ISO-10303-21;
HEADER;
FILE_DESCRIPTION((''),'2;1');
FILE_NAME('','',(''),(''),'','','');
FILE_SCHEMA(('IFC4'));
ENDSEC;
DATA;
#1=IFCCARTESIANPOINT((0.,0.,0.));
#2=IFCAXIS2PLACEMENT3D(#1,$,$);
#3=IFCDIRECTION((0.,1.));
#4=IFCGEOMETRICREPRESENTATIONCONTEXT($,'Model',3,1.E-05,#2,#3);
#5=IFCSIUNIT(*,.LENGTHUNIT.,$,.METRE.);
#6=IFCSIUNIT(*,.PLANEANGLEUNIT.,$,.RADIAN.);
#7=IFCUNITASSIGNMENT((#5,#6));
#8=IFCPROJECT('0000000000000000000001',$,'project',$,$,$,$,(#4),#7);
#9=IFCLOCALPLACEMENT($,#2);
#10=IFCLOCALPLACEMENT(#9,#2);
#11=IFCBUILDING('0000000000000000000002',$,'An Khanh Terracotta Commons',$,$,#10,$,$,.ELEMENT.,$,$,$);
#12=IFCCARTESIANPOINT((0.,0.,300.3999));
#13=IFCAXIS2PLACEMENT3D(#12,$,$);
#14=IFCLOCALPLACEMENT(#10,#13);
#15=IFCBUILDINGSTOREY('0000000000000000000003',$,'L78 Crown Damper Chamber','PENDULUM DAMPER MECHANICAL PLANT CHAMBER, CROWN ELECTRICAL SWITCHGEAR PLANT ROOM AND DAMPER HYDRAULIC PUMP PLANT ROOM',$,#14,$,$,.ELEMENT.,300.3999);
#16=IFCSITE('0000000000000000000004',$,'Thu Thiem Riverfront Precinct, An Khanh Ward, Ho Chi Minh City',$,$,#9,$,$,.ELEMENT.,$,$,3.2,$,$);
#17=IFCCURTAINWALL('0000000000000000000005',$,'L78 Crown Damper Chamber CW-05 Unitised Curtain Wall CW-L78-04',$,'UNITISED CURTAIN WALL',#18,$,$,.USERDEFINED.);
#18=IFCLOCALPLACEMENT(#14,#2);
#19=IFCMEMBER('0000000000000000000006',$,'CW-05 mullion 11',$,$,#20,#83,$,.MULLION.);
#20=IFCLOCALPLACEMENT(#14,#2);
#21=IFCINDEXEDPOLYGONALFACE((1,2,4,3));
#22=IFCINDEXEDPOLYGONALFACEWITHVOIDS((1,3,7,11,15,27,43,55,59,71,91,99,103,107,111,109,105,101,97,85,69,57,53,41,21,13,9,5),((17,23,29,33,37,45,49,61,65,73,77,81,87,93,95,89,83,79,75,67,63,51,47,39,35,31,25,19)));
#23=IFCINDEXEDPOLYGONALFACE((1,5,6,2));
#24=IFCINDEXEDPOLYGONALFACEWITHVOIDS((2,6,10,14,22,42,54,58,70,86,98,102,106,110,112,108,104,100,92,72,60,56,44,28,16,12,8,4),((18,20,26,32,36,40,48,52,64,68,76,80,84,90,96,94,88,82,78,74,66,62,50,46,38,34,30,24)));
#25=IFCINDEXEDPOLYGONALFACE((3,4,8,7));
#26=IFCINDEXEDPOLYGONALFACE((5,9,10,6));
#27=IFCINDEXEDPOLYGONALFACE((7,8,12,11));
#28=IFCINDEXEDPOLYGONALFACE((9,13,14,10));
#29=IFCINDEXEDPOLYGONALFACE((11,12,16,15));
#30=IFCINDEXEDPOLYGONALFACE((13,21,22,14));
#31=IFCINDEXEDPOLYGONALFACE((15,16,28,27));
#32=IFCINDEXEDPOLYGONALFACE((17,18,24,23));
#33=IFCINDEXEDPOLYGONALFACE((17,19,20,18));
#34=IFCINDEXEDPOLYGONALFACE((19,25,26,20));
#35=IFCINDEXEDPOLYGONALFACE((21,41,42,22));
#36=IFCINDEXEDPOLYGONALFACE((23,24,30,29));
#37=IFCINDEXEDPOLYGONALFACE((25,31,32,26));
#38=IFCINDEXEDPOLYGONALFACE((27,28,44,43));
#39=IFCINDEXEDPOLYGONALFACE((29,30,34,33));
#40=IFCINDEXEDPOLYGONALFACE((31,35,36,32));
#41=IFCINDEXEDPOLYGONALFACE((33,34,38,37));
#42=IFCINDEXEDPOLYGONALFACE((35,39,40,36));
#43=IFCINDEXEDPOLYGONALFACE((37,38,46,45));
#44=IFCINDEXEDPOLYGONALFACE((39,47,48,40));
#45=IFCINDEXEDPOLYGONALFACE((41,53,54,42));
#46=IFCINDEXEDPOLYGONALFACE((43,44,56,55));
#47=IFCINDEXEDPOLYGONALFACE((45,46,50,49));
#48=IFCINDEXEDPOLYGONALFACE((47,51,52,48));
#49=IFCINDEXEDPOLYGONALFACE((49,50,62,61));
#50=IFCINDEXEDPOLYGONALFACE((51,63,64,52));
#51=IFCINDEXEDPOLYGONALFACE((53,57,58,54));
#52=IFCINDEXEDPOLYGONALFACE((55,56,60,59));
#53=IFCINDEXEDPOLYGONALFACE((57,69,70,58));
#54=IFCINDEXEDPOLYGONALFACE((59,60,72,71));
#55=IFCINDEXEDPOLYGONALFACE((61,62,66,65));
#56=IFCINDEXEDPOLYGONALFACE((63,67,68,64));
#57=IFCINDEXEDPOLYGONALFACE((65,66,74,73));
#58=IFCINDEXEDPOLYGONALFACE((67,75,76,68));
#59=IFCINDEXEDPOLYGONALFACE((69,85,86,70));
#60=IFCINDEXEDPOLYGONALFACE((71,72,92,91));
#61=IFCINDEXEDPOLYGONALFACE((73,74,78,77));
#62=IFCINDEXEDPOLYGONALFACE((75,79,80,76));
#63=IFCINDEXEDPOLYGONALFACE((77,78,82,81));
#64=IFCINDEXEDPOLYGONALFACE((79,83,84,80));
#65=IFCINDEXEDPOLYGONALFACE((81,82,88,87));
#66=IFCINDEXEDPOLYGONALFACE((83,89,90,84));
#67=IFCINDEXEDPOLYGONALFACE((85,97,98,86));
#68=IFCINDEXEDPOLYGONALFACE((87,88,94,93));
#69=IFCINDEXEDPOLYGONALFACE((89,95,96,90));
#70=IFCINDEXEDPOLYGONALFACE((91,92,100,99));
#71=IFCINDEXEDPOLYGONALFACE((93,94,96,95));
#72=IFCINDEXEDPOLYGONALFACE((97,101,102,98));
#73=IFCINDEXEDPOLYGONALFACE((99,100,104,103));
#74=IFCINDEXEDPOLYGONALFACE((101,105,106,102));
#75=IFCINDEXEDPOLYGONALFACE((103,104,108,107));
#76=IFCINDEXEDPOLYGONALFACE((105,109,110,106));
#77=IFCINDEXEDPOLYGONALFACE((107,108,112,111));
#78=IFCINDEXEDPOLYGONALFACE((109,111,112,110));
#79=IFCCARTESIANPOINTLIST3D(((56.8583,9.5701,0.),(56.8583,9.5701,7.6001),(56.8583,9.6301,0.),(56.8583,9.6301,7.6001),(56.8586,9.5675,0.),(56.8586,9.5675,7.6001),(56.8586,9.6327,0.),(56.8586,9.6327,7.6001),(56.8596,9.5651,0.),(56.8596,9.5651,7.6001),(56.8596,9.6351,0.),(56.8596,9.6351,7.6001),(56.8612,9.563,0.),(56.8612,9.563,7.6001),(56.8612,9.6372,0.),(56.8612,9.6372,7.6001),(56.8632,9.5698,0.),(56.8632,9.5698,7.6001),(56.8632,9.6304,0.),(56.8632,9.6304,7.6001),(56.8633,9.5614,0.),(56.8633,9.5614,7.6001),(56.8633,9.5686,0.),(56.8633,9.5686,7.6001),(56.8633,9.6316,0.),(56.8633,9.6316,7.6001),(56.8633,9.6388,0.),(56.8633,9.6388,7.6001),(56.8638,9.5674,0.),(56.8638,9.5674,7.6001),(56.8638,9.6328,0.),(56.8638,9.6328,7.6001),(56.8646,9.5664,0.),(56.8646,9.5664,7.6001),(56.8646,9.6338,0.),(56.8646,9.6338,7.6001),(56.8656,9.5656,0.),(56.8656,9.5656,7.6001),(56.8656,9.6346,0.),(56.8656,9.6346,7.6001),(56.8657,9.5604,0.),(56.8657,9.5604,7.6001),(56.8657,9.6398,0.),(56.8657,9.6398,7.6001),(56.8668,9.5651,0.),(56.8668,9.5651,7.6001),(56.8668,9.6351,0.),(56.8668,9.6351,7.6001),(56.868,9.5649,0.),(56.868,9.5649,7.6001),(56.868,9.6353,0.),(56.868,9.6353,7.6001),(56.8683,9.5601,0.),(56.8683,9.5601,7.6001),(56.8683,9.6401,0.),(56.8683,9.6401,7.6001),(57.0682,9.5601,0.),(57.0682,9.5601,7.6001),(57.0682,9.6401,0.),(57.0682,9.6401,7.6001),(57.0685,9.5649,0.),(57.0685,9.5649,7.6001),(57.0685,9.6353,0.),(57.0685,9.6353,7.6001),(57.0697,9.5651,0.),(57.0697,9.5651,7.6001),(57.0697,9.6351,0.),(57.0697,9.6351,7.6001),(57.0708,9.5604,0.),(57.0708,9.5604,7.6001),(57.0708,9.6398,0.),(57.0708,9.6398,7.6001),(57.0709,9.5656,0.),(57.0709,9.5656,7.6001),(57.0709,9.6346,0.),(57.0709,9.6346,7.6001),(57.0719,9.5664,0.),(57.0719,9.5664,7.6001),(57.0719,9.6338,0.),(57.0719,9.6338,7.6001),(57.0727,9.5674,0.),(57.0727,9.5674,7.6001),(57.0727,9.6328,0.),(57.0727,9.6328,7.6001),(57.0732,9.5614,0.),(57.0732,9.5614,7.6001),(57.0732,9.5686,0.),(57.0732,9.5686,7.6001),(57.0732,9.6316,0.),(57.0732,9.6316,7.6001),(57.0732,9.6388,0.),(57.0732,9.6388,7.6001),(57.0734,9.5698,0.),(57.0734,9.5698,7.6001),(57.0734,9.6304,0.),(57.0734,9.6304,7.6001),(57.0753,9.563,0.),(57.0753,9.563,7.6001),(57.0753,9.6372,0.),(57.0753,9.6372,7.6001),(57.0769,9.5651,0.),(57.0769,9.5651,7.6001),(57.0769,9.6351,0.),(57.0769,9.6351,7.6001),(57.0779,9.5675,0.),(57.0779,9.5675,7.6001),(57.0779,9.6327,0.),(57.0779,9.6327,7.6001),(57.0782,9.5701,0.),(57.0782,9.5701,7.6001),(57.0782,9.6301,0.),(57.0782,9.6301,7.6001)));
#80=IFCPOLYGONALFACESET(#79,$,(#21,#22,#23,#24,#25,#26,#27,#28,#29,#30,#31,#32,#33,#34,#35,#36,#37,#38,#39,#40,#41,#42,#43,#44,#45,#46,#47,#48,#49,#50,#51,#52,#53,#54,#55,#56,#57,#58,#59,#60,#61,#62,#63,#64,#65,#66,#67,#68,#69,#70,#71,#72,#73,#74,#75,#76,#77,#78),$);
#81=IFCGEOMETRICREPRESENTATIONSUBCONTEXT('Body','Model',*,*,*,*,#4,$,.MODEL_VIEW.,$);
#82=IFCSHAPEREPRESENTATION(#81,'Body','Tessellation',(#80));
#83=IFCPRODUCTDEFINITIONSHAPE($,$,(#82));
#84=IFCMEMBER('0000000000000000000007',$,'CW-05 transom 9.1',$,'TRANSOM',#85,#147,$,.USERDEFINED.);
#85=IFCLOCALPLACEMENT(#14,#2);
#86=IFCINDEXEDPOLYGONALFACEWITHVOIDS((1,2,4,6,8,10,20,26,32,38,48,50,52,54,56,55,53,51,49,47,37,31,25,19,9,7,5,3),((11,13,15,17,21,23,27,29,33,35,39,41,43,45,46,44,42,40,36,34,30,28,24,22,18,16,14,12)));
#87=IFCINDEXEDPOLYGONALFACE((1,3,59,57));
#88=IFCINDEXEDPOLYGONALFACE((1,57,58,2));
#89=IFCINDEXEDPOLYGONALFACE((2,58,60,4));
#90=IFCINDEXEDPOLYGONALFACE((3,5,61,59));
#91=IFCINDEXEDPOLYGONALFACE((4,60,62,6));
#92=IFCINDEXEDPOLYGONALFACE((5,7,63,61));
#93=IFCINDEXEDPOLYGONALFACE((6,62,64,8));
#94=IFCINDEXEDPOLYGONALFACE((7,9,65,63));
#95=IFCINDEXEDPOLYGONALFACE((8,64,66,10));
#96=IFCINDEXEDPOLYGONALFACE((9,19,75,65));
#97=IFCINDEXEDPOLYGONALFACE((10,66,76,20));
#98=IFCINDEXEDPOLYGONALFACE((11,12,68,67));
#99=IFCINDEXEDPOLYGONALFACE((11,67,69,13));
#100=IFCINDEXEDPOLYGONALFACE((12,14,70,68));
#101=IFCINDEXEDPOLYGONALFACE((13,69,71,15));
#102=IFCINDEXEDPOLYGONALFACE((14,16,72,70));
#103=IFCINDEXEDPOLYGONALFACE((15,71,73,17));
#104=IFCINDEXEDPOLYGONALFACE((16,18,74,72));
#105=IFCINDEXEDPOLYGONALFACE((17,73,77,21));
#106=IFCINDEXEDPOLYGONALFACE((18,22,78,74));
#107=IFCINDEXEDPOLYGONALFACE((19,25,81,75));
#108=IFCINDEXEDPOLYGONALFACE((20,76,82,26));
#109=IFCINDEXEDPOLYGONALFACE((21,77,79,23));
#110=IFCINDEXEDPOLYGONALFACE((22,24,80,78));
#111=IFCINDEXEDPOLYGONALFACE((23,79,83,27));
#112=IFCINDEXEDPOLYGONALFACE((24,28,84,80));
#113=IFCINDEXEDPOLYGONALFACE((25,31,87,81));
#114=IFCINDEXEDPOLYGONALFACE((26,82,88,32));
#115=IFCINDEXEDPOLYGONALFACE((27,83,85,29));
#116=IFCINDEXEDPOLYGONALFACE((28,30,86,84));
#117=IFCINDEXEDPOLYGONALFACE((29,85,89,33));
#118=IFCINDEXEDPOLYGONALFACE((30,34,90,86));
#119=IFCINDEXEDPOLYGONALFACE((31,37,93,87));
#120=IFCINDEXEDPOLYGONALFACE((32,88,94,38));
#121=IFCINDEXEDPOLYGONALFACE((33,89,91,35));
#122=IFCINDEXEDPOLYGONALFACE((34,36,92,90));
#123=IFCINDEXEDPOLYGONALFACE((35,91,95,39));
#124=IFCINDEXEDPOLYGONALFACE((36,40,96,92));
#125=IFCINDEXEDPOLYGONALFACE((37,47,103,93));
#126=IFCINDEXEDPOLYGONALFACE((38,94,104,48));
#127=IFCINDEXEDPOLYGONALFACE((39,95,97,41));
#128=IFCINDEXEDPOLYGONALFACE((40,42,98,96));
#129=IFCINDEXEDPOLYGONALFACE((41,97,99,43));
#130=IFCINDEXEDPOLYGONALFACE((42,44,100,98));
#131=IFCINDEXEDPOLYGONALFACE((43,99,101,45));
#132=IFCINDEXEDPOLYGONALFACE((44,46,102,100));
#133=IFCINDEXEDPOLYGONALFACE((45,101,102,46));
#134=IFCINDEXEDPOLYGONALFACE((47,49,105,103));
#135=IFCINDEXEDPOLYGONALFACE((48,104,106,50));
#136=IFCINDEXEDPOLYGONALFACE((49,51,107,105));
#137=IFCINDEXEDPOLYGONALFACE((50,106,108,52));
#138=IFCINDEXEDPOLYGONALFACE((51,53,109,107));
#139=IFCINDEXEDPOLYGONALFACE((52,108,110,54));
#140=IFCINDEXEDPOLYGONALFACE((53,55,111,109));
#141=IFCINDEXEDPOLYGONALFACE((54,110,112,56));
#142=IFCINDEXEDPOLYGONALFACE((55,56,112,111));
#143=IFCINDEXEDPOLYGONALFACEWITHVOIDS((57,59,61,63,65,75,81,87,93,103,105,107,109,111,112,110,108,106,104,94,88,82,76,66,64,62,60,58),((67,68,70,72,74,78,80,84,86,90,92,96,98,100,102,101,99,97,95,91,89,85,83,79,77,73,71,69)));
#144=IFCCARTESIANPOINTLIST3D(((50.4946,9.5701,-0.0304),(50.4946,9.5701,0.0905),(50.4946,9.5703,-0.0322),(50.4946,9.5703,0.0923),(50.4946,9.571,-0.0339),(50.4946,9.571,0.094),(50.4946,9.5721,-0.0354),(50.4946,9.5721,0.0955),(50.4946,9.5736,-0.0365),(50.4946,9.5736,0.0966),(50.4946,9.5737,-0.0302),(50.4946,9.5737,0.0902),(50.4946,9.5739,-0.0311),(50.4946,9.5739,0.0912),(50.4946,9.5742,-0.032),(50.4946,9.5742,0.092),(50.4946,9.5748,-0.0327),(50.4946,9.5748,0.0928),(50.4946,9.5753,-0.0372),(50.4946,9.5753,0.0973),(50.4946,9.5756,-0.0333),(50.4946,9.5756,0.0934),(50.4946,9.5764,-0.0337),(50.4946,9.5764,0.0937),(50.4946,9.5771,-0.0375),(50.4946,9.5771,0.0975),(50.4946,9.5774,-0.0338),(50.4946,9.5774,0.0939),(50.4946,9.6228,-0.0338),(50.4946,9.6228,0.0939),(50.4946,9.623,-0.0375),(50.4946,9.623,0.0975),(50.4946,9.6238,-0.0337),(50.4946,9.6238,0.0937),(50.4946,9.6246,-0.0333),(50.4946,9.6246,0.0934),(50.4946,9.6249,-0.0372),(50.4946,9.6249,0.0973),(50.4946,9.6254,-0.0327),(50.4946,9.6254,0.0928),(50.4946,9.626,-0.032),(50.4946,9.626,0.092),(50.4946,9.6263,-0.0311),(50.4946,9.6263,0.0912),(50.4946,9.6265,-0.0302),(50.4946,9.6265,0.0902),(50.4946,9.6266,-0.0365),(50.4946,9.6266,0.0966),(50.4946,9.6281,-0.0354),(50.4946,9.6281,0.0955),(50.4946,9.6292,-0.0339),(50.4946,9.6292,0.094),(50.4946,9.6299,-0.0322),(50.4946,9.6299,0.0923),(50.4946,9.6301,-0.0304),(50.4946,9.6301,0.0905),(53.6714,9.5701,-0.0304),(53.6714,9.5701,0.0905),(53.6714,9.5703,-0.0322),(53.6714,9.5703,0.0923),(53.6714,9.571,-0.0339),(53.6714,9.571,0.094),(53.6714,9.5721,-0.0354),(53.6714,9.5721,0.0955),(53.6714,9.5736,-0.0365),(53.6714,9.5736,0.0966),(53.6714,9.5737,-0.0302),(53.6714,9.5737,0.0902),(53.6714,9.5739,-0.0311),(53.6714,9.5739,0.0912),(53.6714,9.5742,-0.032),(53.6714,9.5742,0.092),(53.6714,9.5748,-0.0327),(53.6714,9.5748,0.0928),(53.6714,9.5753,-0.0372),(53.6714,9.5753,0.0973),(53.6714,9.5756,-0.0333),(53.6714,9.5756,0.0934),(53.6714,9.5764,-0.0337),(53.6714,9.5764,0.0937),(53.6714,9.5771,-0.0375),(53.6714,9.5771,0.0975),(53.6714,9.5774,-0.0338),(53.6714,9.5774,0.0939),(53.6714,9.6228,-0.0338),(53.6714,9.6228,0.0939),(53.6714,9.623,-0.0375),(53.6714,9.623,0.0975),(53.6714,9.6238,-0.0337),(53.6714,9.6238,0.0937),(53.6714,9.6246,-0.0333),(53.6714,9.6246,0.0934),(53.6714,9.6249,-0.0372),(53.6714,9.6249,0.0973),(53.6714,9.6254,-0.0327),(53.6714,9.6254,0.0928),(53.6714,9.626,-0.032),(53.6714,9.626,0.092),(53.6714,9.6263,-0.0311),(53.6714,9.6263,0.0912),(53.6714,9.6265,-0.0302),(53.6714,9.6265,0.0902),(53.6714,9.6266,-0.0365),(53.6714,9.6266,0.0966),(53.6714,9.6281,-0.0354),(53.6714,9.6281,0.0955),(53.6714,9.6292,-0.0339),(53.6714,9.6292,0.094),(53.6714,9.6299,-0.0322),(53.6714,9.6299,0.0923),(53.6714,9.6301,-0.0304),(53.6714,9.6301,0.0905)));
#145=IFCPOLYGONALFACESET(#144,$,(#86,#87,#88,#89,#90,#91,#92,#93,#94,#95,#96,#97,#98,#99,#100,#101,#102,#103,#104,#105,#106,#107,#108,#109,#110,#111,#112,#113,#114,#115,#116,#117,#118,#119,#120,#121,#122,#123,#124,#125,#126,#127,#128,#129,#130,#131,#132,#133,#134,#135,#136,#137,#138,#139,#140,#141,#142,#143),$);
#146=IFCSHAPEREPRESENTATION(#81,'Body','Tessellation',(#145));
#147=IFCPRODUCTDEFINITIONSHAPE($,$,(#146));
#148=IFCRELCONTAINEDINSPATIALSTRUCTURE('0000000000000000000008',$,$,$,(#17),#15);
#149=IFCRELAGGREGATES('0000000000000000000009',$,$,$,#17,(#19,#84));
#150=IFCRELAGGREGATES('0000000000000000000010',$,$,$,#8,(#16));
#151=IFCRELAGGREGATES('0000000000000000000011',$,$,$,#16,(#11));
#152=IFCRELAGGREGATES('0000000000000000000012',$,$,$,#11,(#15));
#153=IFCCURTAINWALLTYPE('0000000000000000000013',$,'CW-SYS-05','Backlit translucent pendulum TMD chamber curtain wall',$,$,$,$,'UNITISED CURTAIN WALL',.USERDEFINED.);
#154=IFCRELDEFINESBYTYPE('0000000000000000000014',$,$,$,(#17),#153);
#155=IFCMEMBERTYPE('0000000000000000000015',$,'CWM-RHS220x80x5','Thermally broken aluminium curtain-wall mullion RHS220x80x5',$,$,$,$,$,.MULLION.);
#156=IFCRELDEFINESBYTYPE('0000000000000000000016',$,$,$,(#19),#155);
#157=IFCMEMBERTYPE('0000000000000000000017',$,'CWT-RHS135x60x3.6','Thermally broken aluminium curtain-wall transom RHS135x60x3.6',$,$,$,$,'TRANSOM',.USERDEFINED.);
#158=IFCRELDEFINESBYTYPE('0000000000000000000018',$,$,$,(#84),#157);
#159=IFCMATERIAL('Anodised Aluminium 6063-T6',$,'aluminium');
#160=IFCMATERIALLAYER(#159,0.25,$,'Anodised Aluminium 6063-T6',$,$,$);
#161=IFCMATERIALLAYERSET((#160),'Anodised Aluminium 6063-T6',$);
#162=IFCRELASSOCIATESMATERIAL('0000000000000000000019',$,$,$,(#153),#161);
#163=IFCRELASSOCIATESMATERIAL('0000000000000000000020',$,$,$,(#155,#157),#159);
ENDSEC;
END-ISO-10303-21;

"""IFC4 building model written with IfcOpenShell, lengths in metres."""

from ifc_helpers import new_model, si_unit, direction, frame, origin, origin_2d, place, context, subcontext, project, spatial, hollow_rectangle, extrude, material, layer, layer_set, material_profile, profile_set, type_object, element, aggregate, save


model = new_model("IFC4")

# Units and contexts
model_context = context("Model", 3, precision=1e-05, world=origin(), true_north=direction((0.0, 1.0)))
body_context = subcontext(model_context, "Body", "Model", "MODEL_VIEW")
ifc_project = project(units=[si_unit("LENGTHUNIT", "METRE"), si_unit("PLANEANGLEUNIT", "RADIAN")], contexts=[model_context])

# Site, building, storey
site_placement = place(None, origin())
site = spatial("IfcSite", under=ifc_project, at=site_placement, Name="Thu Thiem Riverfront Precinct, An Khanh Ward, Ho Chi Minh City", CompositionType="ELEMENT", RefElevation=3.2)
building_placement = place(site_placement, origin())
building = spatial("IfcBuilding", under=site, at=building_placement, Name="An Khanh Terracotta Commons", CompositionType="ELEMENT")
storey_placement = place(building_placement, frame((0.0, 0.0, 300.3999)))
storey = spatial("IfcBuildingStorey", under=building, at=storey_placement, Name="L78 Crown Damper Chamber", Description="PENDULUM DAMPER MECHANICAL PLANT CHAMBER, CROWN ELECTRICAL SWITCHGEAR PLANT ROOM AND DAMPER HYDRAULIC PUMP PLANT ROOM", CompositionType="ELEMENT", Elevation=300.3999)

# Curtain wall, members
ifc_material_1 = material(Name="Anodised Aluminium 6063-T6", Category="aluminium")
ifc_layer_1 = layer(ifc_material_1, 0.25, Name="Anodised Aluminium 6063-T6")
ifc_layer_set_1 = layer_set([ifc_layer_1], Name="Anodised Aluminium 6063-T6")
curtain_wall_type = type_object("IfcCurtainWallType", Name="CW-SYS-05", Description="Backlit translucent pendulum TMD chamber curtain wall", ElementType="UNITISED CURTAIN WALL", PredefinedType="USERDEFINED", material=ifc_layer_set_1)
curtain_wall_placement = place(storey_placement, origin())
curtain_wall = element("IfcCurtainWall", 1, at=curtain_wall_placement, inside=storey, type_object=curtain_wall_type, Name="L78 Crown Damper Chamber CW-05 Unitised Curtain Wall CW-L78-04", ObjectType="UNITISED CURTAIN WALL", PredefinedType="USERDEFINED")
ifc_material_profile_1 = material_profile(ifc_material_1, hollow_rectangle(XDim=0.0801, YDim=0.22, WallThickness=0.0049, InnerFilletRadius=0.0049, OuterFilletRadius=0.01, at=origin_2d()), Name="RHS220x80x5")
ifc_profile_set_1 = profile_set([ifc_material_profile_1], Name="Anodised Aluminium 6063-T6")
member_type_1 = type_object("IfcMemberType", Name="CWM-RHS220x80x5", Description="Thermally broken aluminium curtain-wall mullion RHS220x80x5", PredefinedType="MULLION", material=ifc_profile_set_1)
member_1_placement = place(storey_placement, frame((56.9683, 9.6001, 0.0), z_axis=(0.0, 0.0, 1.0), x_axis=(0.0, 1.0, 0.0)))
member_1 = element("IfcMember", 2, at=member_1_placement, type_object=member_type_1, Name="CW-05 mullion 11", PredefinedType="MULLION", context=body_context, shape_type="SweptSolid", body=[
    extrude(hollow_rectangle(XDim=0.0801, YDim=0.22, WallThickness=0.0049, InnerFilletRadius=0.0049, OuterFilletRadius=0.01, at=origin_2d()), origin(), (0.0, 0.0, 1.0), 7.6001),
])
ifc_material_profile_2 = material_profile(ifc_material_1, hollow_rectangle(XDim=0.0601, YDim=0.135, WallThickness=0.0037, InnerFilletRadius=0.0037, OuterFilletRadius=0.0071, at=origin_2d()), Name="RHS135x60x3.6")
ifc_profile_set_2 = profile_set([ifc_material_profile_2], Name="Anodised Aluminium 6063-T6")
member_type_2 = type_object("IfcMemberType", Name="CWT-RHS135x60x3.6", Description="Thermally broken aluminium curtain-wall transom RHS135x60x3.6", ElementType="TRANSOM", PredefinedType="USERDEFINED", material=ifc_profile_set_2)
member_2_placement = place(storey_placement, frame((50.4946, 9.6001, 0.03), z_axis=(1.0, 0.0, 0.0), x_axis=(0.0, 1.0, 0.0)))
member_2 = element("IfcMember", 3, at=member_2_placement, type_object=member_type_2, Name="CW-05 transom 9.1", ObjectType="TRANSOM", PredefinedType="USERDEFINED", context=body_context, shape_type="SweptSolid", body=[
    extrude(hollow_rectangle(XDim=0.0601, YDim=0.135, WallThickness=0.0037, InnerFilletRadius=0.0037, OuterFilletRadius=0.0071, at=origin_2d()), origin(), (0.0, 0.0, 1.0), 3.1768),
])

aggregate(curtain_wall, [member_1, member_2])

save(model, "model.ifc")
